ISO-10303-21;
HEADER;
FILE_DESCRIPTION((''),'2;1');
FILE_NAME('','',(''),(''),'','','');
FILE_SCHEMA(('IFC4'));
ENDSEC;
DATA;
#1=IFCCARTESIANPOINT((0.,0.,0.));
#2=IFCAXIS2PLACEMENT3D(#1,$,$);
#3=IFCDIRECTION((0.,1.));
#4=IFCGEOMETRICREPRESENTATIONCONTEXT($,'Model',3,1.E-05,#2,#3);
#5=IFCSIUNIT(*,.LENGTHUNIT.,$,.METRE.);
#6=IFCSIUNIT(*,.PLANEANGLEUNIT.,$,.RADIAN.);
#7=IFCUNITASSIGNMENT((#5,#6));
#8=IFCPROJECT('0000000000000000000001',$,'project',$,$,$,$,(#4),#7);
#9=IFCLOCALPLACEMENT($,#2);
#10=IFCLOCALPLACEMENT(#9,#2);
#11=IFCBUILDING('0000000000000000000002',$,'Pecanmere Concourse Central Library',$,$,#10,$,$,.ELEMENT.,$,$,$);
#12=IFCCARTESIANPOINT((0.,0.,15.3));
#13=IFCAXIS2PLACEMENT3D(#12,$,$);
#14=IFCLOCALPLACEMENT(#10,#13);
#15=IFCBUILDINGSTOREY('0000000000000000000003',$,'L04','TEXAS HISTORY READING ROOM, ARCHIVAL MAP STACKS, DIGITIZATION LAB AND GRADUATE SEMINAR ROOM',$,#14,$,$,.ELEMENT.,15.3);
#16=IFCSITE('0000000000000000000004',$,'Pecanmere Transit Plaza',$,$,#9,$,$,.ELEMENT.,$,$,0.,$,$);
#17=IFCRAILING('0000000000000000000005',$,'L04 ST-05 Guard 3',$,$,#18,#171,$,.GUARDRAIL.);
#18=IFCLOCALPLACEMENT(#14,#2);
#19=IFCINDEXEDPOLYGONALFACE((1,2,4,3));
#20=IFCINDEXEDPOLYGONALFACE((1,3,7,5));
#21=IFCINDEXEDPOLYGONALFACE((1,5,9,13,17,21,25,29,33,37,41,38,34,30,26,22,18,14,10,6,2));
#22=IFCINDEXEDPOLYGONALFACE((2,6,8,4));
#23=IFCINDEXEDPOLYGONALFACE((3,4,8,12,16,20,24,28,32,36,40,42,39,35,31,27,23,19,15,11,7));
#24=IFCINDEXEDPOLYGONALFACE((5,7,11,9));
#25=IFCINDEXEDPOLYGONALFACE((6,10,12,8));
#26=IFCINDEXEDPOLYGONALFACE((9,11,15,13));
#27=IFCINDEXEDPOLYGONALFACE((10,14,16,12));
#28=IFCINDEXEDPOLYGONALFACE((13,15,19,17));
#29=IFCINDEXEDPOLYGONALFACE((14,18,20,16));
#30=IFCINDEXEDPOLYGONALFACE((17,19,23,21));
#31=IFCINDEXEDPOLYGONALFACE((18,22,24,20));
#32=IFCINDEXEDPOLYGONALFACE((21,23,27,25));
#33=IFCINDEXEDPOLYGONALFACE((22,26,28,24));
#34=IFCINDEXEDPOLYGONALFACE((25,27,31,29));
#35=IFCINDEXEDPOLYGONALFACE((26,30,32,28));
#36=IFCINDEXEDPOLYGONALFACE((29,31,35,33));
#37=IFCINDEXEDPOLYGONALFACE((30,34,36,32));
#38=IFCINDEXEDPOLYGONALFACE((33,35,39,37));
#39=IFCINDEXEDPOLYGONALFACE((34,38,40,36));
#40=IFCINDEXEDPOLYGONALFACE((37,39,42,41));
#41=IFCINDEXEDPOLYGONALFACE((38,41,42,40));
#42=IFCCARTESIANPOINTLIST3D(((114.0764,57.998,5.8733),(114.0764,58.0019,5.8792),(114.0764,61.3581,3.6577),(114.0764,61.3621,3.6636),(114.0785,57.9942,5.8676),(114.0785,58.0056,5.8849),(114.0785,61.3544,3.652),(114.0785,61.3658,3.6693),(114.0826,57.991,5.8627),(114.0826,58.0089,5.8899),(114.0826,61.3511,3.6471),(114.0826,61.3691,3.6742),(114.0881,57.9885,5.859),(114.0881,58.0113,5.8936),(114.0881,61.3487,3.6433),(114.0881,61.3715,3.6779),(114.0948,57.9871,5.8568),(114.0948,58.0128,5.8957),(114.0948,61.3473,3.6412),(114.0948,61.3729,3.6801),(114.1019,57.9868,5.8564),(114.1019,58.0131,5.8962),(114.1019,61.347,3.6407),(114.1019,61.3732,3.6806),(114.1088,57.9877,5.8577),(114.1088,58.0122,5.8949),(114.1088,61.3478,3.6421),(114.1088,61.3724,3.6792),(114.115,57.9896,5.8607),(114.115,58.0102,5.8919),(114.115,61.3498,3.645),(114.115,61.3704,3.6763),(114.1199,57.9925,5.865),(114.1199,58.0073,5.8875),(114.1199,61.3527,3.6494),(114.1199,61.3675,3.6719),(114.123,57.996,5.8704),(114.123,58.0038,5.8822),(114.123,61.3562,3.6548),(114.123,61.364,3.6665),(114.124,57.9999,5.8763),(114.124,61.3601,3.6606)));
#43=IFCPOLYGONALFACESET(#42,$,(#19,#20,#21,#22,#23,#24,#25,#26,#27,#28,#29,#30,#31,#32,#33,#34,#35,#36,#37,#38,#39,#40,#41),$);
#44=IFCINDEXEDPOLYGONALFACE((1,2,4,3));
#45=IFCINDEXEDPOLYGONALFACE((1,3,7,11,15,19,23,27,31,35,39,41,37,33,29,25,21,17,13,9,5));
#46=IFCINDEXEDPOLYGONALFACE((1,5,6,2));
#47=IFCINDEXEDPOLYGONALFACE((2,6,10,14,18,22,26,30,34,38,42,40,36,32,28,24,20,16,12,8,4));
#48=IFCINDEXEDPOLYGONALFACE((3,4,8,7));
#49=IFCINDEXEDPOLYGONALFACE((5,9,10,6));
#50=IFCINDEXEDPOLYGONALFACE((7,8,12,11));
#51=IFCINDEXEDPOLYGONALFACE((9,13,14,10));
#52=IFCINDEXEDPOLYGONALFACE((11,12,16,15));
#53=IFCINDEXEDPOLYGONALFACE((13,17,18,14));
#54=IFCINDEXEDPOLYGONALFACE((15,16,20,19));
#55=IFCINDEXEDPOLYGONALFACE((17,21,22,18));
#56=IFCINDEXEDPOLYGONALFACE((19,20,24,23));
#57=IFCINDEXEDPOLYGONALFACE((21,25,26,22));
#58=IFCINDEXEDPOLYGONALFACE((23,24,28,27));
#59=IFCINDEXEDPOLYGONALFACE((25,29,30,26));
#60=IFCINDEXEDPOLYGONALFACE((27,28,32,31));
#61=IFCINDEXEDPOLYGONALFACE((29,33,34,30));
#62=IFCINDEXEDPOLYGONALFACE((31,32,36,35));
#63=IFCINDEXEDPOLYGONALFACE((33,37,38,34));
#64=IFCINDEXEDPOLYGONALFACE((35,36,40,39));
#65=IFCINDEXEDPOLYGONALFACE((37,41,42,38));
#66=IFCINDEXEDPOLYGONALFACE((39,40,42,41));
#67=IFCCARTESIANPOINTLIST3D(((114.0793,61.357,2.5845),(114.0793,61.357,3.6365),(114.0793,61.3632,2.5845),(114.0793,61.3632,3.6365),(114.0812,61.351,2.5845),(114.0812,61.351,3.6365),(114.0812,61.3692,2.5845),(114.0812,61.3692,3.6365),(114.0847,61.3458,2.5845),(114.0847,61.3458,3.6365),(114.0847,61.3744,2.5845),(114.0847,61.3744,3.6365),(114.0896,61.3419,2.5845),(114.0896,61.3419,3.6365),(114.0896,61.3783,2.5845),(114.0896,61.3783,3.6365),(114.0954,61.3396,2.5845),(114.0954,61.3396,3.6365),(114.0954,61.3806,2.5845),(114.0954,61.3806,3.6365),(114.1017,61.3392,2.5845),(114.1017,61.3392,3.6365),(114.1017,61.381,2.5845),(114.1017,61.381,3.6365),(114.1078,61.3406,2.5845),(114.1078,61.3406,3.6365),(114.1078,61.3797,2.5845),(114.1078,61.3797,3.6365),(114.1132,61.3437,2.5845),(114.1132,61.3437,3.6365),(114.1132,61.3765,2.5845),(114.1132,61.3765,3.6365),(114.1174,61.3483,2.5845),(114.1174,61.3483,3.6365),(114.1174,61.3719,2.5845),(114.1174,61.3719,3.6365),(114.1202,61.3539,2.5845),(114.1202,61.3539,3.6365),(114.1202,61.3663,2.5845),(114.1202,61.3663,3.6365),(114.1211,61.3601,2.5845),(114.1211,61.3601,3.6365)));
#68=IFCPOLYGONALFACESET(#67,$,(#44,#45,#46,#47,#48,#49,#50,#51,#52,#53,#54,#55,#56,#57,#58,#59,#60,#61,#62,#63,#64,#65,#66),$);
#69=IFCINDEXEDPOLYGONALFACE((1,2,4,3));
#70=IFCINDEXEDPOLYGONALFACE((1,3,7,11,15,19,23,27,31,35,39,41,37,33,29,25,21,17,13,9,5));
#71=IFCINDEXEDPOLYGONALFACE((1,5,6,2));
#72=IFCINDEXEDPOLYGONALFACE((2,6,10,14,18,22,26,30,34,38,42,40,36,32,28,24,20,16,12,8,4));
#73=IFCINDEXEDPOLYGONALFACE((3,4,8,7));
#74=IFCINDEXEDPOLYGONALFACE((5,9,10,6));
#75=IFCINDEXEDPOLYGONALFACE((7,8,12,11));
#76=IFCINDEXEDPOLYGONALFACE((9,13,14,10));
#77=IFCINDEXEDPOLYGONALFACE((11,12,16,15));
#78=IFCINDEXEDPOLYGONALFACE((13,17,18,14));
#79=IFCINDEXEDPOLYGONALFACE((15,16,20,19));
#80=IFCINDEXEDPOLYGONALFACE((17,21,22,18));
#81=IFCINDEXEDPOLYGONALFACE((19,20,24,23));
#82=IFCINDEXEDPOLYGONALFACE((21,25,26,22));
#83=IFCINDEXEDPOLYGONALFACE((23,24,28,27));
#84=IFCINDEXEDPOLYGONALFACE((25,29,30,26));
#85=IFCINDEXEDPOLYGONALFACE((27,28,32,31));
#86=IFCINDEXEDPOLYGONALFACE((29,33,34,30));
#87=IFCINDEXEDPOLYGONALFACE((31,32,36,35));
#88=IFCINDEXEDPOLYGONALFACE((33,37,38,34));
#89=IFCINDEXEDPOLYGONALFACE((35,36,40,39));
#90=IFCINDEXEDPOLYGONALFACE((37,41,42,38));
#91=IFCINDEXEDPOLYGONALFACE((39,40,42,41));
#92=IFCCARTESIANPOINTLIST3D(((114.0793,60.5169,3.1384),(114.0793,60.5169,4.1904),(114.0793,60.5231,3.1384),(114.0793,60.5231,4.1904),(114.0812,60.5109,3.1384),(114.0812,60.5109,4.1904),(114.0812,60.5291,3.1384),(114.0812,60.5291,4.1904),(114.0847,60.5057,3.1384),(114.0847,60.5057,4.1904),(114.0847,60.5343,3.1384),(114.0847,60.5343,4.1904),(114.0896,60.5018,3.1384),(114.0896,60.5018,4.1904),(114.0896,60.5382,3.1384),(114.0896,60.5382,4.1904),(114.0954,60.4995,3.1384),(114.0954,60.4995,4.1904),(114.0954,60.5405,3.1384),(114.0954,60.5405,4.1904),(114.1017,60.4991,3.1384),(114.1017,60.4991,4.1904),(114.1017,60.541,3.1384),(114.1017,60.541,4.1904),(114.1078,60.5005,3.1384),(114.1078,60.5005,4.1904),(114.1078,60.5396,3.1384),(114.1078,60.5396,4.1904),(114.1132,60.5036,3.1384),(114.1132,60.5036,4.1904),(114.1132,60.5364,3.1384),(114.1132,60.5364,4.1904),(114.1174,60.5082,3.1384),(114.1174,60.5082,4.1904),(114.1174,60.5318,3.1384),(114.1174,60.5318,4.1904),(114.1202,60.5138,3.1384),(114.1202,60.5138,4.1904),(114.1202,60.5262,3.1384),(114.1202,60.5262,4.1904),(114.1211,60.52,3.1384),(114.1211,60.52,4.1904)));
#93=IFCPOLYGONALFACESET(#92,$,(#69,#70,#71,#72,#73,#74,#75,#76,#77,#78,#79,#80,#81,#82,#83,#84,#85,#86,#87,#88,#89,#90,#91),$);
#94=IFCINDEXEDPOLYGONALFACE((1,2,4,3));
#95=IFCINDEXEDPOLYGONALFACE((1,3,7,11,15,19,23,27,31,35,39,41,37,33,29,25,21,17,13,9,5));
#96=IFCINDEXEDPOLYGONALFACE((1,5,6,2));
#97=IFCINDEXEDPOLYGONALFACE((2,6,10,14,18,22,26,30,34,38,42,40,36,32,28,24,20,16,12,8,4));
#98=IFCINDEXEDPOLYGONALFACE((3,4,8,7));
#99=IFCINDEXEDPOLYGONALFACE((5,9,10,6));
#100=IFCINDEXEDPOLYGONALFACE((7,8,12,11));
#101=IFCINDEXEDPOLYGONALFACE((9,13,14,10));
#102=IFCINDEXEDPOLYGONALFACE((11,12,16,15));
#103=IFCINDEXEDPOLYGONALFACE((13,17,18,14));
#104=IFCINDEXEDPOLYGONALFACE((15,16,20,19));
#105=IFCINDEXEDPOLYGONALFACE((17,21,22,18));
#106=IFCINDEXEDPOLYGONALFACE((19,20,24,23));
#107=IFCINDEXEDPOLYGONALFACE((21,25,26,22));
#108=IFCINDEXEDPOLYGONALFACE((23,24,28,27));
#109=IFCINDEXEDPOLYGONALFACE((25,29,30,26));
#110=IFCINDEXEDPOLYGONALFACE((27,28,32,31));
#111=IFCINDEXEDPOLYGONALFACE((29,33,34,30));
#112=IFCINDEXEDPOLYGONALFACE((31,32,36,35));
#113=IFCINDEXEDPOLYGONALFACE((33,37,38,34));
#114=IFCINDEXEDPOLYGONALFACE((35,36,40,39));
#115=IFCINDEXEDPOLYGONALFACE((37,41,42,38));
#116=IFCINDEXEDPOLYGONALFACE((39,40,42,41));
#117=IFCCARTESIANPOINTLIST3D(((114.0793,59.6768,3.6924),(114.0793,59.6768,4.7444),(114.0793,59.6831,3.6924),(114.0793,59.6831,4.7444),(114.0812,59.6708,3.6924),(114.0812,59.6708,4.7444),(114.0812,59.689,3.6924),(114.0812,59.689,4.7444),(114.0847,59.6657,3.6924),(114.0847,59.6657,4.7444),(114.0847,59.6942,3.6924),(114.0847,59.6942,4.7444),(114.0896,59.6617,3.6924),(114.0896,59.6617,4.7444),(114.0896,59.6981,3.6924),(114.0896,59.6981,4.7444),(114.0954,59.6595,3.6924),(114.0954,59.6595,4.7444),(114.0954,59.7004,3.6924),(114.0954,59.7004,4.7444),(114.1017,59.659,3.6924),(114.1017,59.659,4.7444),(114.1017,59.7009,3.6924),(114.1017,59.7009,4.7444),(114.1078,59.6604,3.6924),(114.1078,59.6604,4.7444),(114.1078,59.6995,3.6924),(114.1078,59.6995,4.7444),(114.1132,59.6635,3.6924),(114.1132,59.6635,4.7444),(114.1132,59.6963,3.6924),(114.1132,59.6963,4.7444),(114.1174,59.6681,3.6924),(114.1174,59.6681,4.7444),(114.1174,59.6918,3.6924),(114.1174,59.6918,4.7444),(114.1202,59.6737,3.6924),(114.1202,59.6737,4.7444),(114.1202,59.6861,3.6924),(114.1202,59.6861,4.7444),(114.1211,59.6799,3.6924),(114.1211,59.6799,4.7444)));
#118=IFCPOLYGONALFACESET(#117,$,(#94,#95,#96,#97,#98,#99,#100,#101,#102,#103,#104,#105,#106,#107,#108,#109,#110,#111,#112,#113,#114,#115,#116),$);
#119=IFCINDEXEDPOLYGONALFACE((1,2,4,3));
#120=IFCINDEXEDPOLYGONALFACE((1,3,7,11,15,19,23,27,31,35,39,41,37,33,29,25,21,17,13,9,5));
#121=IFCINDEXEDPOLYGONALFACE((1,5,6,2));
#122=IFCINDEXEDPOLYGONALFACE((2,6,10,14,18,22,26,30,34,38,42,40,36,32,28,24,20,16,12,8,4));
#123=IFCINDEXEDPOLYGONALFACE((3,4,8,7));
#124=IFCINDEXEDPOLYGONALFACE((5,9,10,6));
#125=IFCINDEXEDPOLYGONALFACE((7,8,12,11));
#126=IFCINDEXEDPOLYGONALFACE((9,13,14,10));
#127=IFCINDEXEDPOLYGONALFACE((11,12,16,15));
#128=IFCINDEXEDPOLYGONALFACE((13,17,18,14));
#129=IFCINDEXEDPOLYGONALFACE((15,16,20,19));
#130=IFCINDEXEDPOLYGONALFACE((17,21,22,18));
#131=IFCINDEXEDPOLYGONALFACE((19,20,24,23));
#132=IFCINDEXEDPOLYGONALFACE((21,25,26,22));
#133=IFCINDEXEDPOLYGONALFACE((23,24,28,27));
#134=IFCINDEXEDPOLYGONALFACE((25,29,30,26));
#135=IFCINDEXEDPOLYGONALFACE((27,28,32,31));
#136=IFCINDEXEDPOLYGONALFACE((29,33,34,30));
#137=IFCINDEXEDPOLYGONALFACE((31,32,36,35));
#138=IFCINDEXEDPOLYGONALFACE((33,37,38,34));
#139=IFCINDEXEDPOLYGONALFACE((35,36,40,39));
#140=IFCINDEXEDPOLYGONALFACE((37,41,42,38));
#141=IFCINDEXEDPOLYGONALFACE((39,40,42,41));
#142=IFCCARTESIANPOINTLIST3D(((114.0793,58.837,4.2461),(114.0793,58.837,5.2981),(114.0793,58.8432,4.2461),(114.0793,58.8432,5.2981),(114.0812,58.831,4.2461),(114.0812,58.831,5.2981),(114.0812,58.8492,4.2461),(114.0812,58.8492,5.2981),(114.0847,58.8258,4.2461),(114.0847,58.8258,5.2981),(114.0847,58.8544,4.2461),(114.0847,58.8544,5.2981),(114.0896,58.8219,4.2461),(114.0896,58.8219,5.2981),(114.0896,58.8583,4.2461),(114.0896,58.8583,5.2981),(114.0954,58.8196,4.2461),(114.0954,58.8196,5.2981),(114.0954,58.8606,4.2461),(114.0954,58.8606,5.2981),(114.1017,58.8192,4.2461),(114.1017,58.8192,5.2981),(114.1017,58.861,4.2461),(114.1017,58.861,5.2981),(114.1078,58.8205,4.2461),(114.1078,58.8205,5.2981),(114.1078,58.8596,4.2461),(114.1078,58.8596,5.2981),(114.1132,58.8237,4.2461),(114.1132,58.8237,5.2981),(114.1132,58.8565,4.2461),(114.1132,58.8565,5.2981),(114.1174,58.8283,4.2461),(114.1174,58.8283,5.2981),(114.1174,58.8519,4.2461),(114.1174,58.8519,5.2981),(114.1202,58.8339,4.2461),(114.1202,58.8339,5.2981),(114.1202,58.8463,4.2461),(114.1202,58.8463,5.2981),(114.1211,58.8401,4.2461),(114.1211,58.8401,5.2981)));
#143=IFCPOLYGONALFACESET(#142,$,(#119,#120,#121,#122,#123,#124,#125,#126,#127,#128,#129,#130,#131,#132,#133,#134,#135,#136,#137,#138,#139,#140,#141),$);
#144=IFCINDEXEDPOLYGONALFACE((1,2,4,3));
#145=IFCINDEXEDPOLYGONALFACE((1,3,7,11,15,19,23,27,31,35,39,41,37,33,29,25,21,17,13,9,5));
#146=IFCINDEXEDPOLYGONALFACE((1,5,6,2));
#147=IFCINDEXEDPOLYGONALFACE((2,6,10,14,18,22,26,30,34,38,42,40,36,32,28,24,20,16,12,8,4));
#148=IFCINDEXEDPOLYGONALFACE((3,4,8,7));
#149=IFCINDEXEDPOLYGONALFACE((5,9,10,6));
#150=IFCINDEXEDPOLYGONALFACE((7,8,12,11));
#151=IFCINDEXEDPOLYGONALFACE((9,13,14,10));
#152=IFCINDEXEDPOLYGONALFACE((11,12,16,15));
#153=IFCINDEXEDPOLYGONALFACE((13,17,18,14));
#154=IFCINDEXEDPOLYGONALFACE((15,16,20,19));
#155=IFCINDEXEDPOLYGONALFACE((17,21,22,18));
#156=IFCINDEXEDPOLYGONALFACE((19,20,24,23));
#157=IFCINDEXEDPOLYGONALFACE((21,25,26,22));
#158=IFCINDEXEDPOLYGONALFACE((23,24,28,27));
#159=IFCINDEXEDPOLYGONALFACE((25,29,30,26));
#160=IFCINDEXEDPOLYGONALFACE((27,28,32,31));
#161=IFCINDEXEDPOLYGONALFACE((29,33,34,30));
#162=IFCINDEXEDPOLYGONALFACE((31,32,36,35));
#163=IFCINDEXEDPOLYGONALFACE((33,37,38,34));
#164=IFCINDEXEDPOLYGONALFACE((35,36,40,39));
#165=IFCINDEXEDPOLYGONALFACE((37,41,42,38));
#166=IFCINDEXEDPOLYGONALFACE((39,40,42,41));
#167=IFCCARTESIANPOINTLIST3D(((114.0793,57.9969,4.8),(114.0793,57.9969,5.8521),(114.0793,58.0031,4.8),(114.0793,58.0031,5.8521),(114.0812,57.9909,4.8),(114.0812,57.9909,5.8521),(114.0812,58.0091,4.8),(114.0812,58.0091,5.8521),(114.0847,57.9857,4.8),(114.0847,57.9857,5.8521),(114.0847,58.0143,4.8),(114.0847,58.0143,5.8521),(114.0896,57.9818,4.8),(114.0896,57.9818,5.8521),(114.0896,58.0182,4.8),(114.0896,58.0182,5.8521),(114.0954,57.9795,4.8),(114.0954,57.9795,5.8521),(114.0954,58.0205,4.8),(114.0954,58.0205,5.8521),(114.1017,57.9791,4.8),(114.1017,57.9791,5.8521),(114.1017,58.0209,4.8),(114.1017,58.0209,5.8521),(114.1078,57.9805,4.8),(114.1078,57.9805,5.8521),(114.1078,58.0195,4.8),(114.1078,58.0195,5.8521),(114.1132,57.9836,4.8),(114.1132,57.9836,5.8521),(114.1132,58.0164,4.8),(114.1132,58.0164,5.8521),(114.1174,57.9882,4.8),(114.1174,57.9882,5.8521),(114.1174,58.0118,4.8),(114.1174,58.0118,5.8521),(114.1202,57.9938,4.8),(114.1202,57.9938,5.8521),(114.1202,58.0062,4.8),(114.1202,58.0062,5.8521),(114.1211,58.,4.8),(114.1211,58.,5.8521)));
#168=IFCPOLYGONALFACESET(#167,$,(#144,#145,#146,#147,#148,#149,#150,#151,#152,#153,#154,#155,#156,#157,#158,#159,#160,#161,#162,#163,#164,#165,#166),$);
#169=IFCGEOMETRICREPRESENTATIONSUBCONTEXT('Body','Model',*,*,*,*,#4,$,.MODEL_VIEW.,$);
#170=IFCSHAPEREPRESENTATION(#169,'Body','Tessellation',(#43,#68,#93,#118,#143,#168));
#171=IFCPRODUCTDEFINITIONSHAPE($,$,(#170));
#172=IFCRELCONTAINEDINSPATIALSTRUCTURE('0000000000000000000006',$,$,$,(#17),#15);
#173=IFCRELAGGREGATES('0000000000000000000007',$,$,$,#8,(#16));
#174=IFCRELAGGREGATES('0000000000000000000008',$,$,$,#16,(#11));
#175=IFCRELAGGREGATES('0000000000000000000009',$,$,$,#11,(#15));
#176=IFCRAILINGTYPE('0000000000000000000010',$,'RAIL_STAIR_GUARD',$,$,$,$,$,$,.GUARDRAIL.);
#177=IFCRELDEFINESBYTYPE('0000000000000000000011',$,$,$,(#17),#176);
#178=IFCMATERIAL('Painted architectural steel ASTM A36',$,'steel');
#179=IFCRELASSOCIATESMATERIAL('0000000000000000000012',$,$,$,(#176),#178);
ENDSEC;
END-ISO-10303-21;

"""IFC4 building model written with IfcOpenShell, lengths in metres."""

from ifc_helpers import new_model, si_unit, direction, frame, origin, origin_2d, place, context, subcontext, project, spatial, circle, extrude, material, type_object, element, save


model = new_model("IFC4")

# Units and contexts
model_context = context("Model", 3, precision=1e-05, world=origin(), true_north=direction((0.0, 1.0)))
body_context = subcontext(model_context, "Body", "Model", "MODEL_VIEW")
ifc_project = project(units=[si_unit("LENGTHUNIT", "METRE"), si_unit("PLANEANGLEUNIT", "RADIAN")], contexts=[model_context])

# Site, building, storey
site_placement = place(None, origin())
site = spatial("IfcSite", under=ifc_project, at=site_placement, Name="Pecanmere Transit Plaza", CompositionType="ELEMENT", RefElevation=0.0)
building_placement = place(site_placement, origin())
building = spatial("IfcBuilding", under=site, at=building_placement, Name="Pecanmere Concourse Central Library", CompositionType="ELEMENT")
storey_placement = place(building_placement, frame((0.0, 0.0, 15.3)))
storey = spatial("IfcBuildingStorey", under=building, at=storey_placement, Name="L04", Description="TEXAS HISTORY READING ROOM, ARCHIVAL MAP STACKS, DIGITIZATION LAB AND GRADUATE SEMINAR ROOM", CompositionType="ELEMENT", Elevation=15.3)

# Railing
ifc_material_1 = material(Name="Painted architectural steel ASTM A36", Category="steel")
railing_type_1 = type_object("IfcRailingType", Name="RAIL_STAIR_GUARD", PredefinedType="GUARDRAIL", material=ifc_material_1)
railing_1_placement = place(storey_placement, frame((114.1001, 61.3601, 2.5845)))
element("IfcRailing", 1, at=railing_1_placement, inside=storey, type_object=railing_type_1, Name="L04 ST-05 Guard 3", PredefinedType="GUARDRAIL", context=body_context, shape_type="SweptSolid", body=[
    extrude(circle(Radius=0.0239, at=origin_2d()), frame((0.0, 0.0, 1.0762), z_axis=(0.0, -0.834849, 0.55048), x_axis=(1.0, 0.0, 0.0)), (0.0, 0.0, 1.0), 4.0249),
    extrude(circle(Radius=0.021, at=origin_2d()), origin(), (0.0, 0.0, 1.0), 1.052),
    extrude(circle(Radius=0.021, at=origin_2d()), frame((0.0, -0.8401, 0.554)), (0.0, 0.0, 1.0), 1.052),
    extrude(circle(Radius=0.021, at=origin_2d()), frame((0.0, -1.6802, 1.1079)), (0.0, 0.0, 1.0), 1.052),
    extrude(circle(Radius=0.021, at=origin_2d()), frame((0.0, -2.52, 1.6616)), (0.0, 0.0, 1.0), 1.052),
    extrude(circle(Radius=0.021, at=origin_2d()), frame((0.0, -3.3601, 2.2156)), (0.0, 0.0, 1.0), 1.052),
])

save(model, "model.ifc")
